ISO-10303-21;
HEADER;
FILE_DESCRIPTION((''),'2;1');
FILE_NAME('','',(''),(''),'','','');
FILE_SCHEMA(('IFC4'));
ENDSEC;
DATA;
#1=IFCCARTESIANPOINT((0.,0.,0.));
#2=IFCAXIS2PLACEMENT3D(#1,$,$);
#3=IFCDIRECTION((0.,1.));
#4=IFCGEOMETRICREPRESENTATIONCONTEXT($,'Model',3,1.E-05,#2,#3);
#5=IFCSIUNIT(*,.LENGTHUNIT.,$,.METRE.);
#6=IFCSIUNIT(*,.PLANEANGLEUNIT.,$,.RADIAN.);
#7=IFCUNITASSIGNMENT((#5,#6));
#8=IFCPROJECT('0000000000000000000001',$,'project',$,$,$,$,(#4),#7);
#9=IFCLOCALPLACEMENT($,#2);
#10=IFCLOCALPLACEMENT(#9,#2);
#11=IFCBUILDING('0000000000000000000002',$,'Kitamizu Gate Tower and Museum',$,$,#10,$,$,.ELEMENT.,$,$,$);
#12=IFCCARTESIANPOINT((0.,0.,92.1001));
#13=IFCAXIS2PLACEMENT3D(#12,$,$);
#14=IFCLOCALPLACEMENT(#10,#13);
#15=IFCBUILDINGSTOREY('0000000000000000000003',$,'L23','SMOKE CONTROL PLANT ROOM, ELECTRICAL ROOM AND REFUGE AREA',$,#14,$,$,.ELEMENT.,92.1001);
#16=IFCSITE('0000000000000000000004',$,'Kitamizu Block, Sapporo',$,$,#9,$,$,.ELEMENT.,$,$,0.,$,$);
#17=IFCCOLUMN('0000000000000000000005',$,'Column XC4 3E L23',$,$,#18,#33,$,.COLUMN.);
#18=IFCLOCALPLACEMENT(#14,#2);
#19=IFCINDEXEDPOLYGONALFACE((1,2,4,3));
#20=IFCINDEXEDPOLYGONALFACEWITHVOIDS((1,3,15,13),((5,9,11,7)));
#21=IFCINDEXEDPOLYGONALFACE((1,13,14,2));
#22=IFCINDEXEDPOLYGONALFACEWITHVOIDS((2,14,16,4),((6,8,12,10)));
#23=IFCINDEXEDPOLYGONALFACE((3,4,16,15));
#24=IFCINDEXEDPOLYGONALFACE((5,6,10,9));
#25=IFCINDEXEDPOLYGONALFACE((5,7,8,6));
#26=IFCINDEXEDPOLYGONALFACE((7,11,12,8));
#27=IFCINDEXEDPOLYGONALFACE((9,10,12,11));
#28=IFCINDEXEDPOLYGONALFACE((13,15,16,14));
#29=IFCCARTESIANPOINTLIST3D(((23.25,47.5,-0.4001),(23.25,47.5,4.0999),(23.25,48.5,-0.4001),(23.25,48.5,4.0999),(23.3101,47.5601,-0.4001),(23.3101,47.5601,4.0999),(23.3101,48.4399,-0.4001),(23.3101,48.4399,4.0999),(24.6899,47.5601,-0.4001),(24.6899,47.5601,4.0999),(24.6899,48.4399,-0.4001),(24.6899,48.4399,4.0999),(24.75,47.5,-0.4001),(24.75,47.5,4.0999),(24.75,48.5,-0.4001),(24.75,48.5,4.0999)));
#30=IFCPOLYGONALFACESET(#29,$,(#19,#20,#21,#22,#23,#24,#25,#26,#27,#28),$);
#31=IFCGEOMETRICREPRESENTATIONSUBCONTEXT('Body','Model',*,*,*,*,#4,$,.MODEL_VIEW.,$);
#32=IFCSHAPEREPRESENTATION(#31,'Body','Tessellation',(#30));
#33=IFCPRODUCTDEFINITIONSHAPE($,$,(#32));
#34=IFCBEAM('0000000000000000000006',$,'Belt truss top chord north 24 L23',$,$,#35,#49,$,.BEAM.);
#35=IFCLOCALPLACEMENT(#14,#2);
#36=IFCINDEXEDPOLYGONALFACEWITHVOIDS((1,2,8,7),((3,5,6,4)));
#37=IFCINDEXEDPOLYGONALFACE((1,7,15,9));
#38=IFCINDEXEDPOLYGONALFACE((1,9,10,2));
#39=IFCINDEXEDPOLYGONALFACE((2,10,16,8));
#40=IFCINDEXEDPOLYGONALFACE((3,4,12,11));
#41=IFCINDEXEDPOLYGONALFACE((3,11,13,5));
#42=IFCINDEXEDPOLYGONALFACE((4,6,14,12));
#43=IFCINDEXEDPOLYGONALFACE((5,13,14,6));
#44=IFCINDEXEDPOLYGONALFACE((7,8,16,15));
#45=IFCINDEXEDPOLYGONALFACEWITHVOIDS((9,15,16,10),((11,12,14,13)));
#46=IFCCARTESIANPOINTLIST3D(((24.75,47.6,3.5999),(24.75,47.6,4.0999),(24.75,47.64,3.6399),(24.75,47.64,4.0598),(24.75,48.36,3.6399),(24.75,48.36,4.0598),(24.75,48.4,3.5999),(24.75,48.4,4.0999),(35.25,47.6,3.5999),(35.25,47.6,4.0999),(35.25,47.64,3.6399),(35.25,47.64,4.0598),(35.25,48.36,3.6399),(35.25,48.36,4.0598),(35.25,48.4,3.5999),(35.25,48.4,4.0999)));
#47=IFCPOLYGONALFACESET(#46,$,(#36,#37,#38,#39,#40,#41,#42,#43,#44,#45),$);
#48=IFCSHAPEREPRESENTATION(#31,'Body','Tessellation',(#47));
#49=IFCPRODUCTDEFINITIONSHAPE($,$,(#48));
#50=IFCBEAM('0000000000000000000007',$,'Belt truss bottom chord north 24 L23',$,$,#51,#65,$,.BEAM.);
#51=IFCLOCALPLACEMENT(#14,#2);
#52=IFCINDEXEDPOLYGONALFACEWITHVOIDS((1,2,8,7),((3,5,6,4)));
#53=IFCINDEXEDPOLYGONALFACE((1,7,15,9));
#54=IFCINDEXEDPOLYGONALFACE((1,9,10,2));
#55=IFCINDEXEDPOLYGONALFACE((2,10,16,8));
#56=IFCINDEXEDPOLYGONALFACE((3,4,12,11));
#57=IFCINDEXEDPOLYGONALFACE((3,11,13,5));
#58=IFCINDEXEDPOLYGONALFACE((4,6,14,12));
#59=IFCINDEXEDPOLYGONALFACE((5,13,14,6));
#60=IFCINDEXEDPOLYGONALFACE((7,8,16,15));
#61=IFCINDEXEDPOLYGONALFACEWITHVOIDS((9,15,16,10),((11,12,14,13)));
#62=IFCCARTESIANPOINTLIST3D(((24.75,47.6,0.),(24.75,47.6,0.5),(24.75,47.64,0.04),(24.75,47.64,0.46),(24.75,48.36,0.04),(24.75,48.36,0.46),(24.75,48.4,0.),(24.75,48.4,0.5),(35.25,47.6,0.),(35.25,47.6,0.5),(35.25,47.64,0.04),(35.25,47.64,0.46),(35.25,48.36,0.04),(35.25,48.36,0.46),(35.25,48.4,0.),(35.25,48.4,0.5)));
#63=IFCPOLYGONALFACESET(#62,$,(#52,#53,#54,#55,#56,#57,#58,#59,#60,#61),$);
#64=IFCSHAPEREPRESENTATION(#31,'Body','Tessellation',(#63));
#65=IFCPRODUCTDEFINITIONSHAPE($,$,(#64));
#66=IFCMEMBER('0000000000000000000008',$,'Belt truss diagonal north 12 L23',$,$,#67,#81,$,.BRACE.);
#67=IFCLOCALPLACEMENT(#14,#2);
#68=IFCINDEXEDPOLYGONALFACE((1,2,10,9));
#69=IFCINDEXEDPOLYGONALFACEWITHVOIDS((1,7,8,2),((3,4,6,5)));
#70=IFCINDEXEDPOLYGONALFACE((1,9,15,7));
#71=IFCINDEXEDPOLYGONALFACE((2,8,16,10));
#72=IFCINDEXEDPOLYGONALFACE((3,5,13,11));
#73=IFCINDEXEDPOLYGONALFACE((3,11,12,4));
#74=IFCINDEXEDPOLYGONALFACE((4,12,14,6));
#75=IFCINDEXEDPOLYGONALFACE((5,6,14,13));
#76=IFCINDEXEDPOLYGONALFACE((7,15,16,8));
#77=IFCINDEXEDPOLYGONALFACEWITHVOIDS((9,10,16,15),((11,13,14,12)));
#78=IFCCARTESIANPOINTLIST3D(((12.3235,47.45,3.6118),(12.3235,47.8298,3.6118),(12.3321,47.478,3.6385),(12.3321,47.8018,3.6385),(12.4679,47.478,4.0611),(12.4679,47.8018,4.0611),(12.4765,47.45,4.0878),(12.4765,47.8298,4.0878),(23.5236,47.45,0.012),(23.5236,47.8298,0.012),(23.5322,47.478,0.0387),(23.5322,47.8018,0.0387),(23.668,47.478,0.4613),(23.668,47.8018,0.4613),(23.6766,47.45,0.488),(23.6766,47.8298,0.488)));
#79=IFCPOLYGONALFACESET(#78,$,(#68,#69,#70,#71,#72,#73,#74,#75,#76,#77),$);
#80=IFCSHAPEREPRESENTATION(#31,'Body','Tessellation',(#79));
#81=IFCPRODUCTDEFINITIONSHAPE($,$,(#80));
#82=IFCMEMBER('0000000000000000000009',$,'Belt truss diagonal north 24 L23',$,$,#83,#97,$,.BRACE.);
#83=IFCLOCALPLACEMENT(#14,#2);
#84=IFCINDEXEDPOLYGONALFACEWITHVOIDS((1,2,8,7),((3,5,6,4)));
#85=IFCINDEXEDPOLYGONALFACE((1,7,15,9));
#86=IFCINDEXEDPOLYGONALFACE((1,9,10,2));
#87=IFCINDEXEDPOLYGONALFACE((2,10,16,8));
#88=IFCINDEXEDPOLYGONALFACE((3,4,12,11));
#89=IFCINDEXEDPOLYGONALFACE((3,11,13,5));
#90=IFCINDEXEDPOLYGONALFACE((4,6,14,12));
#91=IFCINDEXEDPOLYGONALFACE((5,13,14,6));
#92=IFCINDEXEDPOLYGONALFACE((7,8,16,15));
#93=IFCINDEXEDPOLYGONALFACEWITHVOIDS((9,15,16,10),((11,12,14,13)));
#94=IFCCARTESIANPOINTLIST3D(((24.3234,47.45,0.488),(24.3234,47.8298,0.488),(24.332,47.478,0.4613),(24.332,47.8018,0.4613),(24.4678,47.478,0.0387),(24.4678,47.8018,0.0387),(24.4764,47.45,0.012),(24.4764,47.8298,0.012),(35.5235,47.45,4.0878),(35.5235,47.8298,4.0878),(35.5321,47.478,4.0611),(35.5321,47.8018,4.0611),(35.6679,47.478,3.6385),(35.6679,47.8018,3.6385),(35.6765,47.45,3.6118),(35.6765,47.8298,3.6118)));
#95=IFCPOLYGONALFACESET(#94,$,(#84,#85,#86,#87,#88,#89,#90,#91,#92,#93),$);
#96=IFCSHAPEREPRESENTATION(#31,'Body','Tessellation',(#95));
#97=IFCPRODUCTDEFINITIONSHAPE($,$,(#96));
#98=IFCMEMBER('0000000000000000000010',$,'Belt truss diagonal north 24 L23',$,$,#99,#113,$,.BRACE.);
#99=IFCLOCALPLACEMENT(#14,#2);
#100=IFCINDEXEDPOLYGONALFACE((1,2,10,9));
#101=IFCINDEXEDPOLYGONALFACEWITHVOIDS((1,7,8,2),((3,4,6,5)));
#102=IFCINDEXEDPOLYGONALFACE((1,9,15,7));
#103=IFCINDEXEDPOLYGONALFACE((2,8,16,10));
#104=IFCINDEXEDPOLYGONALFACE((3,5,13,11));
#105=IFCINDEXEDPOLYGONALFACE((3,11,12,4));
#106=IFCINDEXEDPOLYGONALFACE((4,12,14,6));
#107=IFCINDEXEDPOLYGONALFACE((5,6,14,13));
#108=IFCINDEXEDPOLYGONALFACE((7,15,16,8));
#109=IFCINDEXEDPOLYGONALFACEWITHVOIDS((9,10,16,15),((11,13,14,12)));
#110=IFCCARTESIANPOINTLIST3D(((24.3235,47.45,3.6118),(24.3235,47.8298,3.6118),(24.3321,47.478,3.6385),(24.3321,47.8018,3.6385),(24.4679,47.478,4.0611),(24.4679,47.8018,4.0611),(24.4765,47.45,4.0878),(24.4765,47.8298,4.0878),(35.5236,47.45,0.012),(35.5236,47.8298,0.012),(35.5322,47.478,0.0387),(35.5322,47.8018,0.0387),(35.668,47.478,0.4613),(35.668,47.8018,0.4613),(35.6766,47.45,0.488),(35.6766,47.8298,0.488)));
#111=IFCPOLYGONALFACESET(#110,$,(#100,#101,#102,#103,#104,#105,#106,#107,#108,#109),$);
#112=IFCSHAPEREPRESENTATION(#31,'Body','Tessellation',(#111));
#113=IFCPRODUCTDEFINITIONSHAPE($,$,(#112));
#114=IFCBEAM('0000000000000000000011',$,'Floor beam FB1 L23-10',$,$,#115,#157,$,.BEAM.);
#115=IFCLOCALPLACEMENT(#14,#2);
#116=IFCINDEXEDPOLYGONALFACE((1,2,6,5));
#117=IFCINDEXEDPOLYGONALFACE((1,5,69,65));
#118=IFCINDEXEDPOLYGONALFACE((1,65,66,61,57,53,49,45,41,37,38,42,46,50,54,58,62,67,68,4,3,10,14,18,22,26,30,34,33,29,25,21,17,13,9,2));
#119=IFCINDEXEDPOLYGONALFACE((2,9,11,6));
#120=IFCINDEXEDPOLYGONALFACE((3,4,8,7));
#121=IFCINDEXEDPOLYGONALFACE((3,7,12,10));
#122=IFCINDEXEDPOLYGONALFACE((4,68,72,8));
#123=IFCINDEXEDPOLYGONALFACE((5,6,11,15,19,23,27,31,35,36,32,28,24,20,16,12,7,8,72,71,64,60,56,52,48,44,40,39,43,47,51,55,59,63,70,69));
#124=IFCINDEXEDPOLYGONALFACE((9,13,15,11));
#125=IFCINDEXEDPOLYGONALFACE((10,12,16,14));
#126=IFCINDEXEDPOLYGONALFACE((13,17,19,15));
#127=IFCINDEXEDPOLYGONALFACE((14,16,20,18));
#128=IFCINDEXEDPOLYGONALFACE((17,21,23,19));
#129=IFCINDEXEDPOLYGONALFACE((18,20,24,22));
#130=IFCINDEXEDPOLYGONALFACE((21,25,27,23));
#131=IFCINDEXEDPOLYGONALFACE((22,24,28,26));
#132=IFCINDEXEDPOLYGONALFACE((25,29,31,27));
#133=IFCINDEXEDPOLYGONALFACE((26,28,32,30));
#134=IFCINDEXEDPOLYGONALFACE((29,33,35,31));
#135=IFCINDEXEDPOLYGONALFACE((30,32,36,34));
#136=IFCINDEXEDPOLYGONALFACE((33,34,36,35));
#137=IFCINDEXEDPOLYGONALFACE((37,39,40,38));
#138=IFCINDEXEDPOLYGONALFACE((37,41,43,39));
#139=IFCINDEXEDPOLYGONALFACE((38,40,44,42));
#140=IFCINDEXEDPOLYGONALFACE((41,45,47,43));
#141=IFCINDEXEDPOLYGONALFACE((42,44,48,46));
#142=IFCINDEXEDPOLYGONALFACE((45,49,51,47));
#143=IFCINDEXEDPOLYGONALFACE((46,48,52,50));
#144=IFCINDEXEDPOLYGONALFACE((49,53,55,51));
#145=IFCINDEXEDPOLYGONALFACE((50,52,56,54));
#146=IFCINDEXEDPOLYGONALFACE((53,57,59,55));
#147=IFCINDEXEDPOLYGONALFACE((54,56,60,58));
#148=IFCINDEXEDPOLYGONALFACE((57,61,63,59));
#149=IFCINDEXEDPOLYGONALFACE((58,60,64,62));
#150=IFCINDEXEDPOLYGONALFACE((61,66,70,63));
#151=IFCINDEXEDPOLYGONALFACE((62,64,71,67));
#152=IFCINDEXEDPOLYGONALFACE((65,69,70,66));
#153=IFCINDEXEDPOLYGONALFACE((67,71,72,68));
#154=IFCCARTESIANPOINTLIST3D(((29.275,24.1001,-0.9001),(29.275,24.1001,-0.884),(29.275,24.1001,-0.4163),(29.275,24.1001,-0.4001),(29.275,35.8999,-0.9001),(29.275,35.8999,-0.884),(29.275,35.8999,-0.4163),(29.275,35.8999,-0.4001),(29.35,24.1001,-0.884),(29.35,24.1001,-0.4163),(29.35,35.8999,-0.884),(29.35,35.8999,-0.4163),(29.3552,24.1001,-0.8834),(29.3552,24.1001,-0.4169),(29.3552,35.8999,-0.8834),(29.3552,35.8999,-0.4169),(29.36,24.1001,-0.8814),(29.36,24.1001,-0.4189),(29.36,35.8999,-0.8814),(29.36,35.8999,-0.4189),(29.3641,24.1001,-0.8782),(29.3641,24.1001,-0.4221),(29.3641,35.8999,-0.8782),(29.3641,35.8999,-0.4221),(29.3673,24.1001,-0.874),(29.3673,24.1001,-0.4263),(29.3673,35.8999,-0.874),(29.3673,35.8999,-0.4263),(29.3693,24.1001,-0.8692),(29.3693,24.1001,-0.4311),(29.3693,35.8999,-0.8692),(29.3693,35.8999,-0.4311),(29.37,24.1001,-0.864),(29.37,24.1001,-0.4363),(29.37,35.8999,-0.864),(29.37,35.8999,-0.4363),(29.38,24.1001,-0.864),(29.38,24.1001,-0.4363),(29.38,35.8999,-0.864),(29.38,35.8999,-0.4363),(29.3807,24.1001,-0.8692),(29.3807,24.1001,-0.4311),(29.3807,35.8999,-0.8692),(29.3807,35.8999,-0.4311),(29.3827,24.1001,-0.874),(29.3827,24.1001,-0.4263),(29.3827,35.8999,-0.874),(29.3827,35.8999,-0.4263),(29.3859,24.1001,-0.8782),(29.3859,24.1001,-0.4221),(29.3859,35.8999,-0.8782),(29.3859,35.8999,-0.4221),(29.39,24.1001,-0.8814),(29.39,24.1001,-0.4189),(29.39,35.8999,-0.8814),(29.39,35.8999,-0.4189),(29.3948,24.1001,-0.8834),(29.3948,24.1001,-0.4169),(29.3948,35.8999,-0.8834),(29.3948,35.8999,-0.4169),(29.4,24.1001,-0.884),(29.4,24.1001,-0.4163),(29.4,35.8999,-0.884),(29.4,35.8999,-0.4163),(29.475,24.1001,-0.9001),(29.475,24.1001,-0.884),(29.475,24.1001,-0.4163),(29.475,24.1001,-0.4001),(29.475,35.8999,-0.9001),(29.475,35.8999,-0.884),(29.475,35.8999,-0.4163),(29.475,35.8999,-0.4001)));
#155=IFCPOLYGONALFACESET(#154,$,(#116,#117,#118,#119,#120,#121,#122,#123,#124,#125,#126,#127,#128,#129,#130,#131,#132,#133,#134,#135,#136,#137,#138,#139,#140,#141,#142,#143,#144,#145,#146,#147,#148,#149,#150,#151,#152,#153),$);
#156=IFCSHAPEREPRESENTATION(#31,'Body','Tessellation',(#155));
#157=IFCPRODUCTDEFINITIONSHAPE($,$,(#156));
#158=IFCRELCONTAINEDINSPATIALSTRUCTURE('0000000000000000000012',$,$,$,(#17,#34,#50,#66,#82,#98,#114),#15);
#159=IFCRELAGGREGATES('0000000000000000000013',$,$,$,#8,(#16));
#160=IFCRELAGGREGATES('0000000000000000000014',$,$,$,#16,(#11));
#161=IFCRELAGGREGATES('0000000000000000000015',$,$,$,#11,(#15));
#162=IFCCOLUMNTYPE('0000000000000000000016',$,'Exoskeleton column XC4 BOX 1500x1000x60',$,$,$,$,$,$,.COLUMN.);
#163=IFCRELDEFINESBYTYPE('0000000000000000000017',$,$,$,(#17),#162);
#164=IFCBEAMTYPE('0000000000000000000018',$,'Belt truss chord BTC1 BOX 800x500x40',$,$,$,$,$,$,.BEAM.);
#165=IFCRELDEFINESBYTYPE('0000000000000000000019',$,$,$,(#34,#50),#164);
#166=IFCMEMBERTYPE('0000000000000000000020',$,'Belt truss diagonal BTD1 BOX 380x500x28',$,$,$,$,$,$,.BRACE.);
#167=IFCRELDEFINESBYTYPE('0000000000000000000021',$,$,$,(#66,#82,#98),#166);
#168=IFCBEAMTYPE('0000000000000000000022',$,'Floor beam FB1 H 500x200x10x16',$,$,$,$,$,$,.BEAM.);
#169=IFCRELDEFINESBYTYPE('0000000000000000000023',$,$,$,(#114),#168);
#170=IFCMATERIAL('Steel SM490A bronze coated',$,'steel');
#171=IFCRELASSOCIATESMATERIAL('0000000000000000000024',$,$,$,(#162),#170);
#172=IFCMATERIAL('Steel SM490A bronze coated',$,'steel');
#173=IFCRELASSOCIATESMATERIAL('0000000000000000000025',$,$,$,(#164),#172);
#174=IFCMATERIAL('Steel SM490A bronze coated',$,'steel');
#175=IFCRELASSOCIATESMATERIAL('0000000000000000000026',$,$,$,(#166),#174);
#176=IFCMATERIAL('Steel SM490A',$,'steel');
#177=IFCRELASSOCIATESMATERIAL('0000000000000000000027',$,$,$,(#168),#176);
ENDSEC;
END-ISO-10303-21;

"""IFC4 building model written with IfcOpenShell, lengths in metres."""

from ifc_helpers import new_model, si_unit, direction, frame, origin, origin_2d, place, context, subcontext, project, spatial, hollow_rectangle, i_section, extrude, material, material_profile, profile_set, type_object, element, save


model = new_model("IFC4")

# Units and contexts
model_context = context("Model", 3, precision=1e-05, world=origin(), true_north=direction((0.0, 1.0)))
body_context = subcontext(model_context, "Body", "Model", "MODEL_VIEW")
ifc_project = project(units=[si_unit("LENGTHUNIT", "METRE"), si_unit("PLANEANGLEUNIT", "RADIAN")], contexts=[model_context])

# Site, building, storey
site_placement = place(None, origin())
site = spatial("IfcSite", under=ifc_project, at=site_placement, Name="Kitamizu Block, Sapporo", CompositionType="ELEMENT", RefElevation=0.0)
building_placement = place(site_placement, origin())
building = spatial("IfcBuilding", under=site, at=building_placement, Name="Kitamizu Gate Tower and Museum", CompositionType="ELEMENT")
storey_placement = place(building_placement, frame((0.0, 0.0, 92.1001)))
storey = spatial("IfcBuildingStorey", under=building, at=storey_placement, Name="L23", Description="SMOKE CONTROL PLANT ROOM, ELECTRICAL ROOM AND REFUGE AREA", CompositionType="ELEMENT", Elevation=92.1001)

# Column
ifc_material_1 = material(Name="Steel SM490A bronze coated", Category="steel")
ifc_material_profile_1 = material_profile(ifc_material_1, hollow_rectangle(XDim=1.5, YDim=1.0, WallThickness=0.0601, at=origin_2d()), Name="BOX 1500x1000x60")
ifc_profile_set_1 = profile_set([ifc_material_profile_1], Name="Steel SM490A bronze coated")
column_type = type_object("IfcColumnType", Name="Exoskeleton column XC4 BOX 1500x1000x60", PredefinedType="COLUMN", material=ifc_profile_set_1)
column_placement = place(storey_placement, frame((24.0, 48.0, -0.4001), z_axis=(0.0, 0.0, 1.0), x_axis=(1.0, 0.0, 0.0)))
element("IfcColumn", 1, at=column_placement, inside=storey, type_object=column_type, Name="Column XC4 3E L23", PredefinedType="COLUMN", context=body_context, shape_type="SweptSolid", body=[
    extrude(hollow_rectangle(XDim=1.5, YDim=1.0, WallThickness=0.0601, at=origin_2d()), origin(), (0.0, 0.0, 1.0), 4.5),
])

# Beams
ifc_material_2 = material(Name="Steel SM490A bronze coated", Category="steel")
ifc_material_profile_2 = material_profile(ifc_material_2, hollow_rectangle(XDim=0.8, YDim=0.5, WallThickness=0.04, at=origin_2d()), Name="BOX 800x500x40")
ifc_profile_set_2 = profile_set([ifc_material_profile_2], Name="Steel SM490A bronze coated")
beam_type_1 = type_object("IfcBeamType", Name="Belt truss chord BTC1 BOX 800x500x40", PredefinedType="BEAM", material=ifc_profile_set_2)
for number, where, z_axis, x_axis, name in (
    (2, (24.75, 48.0, 3.8499), (1.0, 0.0, 0.0), (0.0, 1.0, 0.0), "Belt truss top chord north 24 L23"),
    (3, (24.75, 48.0, 0.25), (1.0, 0.0, 0.0), (0.0, 1.0, 0.0), "Belt truss bottom chord north 24 L23"),
):
    element("IfcBeam", number, at=place(storey_placement, frame(where, z_axis=z_axis, x_axis=x_axis)), inside=storey, type_object=beam_type_1, Name=name, PredefinedType="BEAM", context=body_context, shape_type="SweptSolid", body=[
        extrude(hollow_rectangle(XDim=0.8, YDim=0.5, WallThickness=0.04, at=origin_2d()), origin(), (0.0, 0.0, 1.0), 10.5),
    ])

# Members
ifc_material_3 = material(Name="Steel SM490A bronze coated", Category="steel")
ifc_material_profile_3 = material_profile(ifc_material_3, hollow_rectangle(XDim=0.3799, YDim=0.5, WallThickness=0.0281, at=origin_2d()), Name="BOX 380x500x28")
ifc_profile_set_3 = profile_set([ifc_material_profile_3], Name="Steel SM490A bronze coated")
member_type = type_object("IfcMemberType", Name="Belt truss diagonal BTD1 BOX 380x500x28", PredefinedType="BRACE", material=ifc_profile_set_3)
for number, where, z_axis, x_axis, name in (
    (4, (23.6001, 47.6399, 0.25), (-0.952034, 0.0, 0.305993), (0.0, -1.0, 0.0), "Belt truss diagonal north 12 L23"),
    (5, (24.3999, 47.6399, 0.25), (0.952034, 0.0, 0.305993), (0.0, 1.0, 0.0), "Belt truss diagonal north 24 L23"),
    (6, (35.6001, 47.6399, 0.25), (-0.952034, 0.0, 0.305993), (0.0, -1.0, 0.0), "Belt truss diagonal north 24 L23"),
):
    element("IfcMember", number, at=place(storey_placement, frame(where, z_axis=z_axis, x_axis=x_axis)), inside=storey, type_object=member_type, Name=name, PredefinedType="BRACE", context=body_context, shape_type="SweptSolid", body=[
        extrude(hollow_rectangle(XDim=0.3799, YDim=0.5, WallThickness=0.0281, at=origin_2d()), origin(), (0.0, 0.0, 1.0), 11.7644),
    ])

# Beam
ifc_material_4 = material(Name="Steel SM490A", Category="steel")
ifc_material_profile_4 = material_profile(ifc_material_4, i_section(OverallWidth=0.2, OverallDepth=0.5, WebThickness=0.01, FlangeThickness=0.0161, FilletRadius=0.02, at=origin_2d()), Name="H-500x200x10x16")
ifc_profile_set_4 = profile_set([ifc_material_profile_4], Name="Steel SM490A")
beam_type_2 = type_object("IfcBeamType", Name="Floor beam FB1 H 500x200x10x16", PredefinedType="BEAM", material=ifc_profile_set_4)
beam_placement = place(storey_placement, frame((29.375, 24.1001, -0.6501), z_axis=(0.0, 1.0, 0.0), x_axis=(-1.0, 0.0, 0.0)))
element("IfcBeam", 7, at=beam_placement, inside=storey, type_object=beam_type_2, Name="Floor beam FB1 L23-10", PredefinedType="BEAM", context=body_context, shape_type="SweptSolid", body=[
    extrude(i_section(OverallWidth=0.2, OverallDepth=0.5, WebThickness=0.01, FlangeThickness=0.0161, FilletRadius=0.02, at=origin_2d()), origin(), (0.0, 0.0, 1.0), 11.7998),
])

save(model, "model.ifc")
